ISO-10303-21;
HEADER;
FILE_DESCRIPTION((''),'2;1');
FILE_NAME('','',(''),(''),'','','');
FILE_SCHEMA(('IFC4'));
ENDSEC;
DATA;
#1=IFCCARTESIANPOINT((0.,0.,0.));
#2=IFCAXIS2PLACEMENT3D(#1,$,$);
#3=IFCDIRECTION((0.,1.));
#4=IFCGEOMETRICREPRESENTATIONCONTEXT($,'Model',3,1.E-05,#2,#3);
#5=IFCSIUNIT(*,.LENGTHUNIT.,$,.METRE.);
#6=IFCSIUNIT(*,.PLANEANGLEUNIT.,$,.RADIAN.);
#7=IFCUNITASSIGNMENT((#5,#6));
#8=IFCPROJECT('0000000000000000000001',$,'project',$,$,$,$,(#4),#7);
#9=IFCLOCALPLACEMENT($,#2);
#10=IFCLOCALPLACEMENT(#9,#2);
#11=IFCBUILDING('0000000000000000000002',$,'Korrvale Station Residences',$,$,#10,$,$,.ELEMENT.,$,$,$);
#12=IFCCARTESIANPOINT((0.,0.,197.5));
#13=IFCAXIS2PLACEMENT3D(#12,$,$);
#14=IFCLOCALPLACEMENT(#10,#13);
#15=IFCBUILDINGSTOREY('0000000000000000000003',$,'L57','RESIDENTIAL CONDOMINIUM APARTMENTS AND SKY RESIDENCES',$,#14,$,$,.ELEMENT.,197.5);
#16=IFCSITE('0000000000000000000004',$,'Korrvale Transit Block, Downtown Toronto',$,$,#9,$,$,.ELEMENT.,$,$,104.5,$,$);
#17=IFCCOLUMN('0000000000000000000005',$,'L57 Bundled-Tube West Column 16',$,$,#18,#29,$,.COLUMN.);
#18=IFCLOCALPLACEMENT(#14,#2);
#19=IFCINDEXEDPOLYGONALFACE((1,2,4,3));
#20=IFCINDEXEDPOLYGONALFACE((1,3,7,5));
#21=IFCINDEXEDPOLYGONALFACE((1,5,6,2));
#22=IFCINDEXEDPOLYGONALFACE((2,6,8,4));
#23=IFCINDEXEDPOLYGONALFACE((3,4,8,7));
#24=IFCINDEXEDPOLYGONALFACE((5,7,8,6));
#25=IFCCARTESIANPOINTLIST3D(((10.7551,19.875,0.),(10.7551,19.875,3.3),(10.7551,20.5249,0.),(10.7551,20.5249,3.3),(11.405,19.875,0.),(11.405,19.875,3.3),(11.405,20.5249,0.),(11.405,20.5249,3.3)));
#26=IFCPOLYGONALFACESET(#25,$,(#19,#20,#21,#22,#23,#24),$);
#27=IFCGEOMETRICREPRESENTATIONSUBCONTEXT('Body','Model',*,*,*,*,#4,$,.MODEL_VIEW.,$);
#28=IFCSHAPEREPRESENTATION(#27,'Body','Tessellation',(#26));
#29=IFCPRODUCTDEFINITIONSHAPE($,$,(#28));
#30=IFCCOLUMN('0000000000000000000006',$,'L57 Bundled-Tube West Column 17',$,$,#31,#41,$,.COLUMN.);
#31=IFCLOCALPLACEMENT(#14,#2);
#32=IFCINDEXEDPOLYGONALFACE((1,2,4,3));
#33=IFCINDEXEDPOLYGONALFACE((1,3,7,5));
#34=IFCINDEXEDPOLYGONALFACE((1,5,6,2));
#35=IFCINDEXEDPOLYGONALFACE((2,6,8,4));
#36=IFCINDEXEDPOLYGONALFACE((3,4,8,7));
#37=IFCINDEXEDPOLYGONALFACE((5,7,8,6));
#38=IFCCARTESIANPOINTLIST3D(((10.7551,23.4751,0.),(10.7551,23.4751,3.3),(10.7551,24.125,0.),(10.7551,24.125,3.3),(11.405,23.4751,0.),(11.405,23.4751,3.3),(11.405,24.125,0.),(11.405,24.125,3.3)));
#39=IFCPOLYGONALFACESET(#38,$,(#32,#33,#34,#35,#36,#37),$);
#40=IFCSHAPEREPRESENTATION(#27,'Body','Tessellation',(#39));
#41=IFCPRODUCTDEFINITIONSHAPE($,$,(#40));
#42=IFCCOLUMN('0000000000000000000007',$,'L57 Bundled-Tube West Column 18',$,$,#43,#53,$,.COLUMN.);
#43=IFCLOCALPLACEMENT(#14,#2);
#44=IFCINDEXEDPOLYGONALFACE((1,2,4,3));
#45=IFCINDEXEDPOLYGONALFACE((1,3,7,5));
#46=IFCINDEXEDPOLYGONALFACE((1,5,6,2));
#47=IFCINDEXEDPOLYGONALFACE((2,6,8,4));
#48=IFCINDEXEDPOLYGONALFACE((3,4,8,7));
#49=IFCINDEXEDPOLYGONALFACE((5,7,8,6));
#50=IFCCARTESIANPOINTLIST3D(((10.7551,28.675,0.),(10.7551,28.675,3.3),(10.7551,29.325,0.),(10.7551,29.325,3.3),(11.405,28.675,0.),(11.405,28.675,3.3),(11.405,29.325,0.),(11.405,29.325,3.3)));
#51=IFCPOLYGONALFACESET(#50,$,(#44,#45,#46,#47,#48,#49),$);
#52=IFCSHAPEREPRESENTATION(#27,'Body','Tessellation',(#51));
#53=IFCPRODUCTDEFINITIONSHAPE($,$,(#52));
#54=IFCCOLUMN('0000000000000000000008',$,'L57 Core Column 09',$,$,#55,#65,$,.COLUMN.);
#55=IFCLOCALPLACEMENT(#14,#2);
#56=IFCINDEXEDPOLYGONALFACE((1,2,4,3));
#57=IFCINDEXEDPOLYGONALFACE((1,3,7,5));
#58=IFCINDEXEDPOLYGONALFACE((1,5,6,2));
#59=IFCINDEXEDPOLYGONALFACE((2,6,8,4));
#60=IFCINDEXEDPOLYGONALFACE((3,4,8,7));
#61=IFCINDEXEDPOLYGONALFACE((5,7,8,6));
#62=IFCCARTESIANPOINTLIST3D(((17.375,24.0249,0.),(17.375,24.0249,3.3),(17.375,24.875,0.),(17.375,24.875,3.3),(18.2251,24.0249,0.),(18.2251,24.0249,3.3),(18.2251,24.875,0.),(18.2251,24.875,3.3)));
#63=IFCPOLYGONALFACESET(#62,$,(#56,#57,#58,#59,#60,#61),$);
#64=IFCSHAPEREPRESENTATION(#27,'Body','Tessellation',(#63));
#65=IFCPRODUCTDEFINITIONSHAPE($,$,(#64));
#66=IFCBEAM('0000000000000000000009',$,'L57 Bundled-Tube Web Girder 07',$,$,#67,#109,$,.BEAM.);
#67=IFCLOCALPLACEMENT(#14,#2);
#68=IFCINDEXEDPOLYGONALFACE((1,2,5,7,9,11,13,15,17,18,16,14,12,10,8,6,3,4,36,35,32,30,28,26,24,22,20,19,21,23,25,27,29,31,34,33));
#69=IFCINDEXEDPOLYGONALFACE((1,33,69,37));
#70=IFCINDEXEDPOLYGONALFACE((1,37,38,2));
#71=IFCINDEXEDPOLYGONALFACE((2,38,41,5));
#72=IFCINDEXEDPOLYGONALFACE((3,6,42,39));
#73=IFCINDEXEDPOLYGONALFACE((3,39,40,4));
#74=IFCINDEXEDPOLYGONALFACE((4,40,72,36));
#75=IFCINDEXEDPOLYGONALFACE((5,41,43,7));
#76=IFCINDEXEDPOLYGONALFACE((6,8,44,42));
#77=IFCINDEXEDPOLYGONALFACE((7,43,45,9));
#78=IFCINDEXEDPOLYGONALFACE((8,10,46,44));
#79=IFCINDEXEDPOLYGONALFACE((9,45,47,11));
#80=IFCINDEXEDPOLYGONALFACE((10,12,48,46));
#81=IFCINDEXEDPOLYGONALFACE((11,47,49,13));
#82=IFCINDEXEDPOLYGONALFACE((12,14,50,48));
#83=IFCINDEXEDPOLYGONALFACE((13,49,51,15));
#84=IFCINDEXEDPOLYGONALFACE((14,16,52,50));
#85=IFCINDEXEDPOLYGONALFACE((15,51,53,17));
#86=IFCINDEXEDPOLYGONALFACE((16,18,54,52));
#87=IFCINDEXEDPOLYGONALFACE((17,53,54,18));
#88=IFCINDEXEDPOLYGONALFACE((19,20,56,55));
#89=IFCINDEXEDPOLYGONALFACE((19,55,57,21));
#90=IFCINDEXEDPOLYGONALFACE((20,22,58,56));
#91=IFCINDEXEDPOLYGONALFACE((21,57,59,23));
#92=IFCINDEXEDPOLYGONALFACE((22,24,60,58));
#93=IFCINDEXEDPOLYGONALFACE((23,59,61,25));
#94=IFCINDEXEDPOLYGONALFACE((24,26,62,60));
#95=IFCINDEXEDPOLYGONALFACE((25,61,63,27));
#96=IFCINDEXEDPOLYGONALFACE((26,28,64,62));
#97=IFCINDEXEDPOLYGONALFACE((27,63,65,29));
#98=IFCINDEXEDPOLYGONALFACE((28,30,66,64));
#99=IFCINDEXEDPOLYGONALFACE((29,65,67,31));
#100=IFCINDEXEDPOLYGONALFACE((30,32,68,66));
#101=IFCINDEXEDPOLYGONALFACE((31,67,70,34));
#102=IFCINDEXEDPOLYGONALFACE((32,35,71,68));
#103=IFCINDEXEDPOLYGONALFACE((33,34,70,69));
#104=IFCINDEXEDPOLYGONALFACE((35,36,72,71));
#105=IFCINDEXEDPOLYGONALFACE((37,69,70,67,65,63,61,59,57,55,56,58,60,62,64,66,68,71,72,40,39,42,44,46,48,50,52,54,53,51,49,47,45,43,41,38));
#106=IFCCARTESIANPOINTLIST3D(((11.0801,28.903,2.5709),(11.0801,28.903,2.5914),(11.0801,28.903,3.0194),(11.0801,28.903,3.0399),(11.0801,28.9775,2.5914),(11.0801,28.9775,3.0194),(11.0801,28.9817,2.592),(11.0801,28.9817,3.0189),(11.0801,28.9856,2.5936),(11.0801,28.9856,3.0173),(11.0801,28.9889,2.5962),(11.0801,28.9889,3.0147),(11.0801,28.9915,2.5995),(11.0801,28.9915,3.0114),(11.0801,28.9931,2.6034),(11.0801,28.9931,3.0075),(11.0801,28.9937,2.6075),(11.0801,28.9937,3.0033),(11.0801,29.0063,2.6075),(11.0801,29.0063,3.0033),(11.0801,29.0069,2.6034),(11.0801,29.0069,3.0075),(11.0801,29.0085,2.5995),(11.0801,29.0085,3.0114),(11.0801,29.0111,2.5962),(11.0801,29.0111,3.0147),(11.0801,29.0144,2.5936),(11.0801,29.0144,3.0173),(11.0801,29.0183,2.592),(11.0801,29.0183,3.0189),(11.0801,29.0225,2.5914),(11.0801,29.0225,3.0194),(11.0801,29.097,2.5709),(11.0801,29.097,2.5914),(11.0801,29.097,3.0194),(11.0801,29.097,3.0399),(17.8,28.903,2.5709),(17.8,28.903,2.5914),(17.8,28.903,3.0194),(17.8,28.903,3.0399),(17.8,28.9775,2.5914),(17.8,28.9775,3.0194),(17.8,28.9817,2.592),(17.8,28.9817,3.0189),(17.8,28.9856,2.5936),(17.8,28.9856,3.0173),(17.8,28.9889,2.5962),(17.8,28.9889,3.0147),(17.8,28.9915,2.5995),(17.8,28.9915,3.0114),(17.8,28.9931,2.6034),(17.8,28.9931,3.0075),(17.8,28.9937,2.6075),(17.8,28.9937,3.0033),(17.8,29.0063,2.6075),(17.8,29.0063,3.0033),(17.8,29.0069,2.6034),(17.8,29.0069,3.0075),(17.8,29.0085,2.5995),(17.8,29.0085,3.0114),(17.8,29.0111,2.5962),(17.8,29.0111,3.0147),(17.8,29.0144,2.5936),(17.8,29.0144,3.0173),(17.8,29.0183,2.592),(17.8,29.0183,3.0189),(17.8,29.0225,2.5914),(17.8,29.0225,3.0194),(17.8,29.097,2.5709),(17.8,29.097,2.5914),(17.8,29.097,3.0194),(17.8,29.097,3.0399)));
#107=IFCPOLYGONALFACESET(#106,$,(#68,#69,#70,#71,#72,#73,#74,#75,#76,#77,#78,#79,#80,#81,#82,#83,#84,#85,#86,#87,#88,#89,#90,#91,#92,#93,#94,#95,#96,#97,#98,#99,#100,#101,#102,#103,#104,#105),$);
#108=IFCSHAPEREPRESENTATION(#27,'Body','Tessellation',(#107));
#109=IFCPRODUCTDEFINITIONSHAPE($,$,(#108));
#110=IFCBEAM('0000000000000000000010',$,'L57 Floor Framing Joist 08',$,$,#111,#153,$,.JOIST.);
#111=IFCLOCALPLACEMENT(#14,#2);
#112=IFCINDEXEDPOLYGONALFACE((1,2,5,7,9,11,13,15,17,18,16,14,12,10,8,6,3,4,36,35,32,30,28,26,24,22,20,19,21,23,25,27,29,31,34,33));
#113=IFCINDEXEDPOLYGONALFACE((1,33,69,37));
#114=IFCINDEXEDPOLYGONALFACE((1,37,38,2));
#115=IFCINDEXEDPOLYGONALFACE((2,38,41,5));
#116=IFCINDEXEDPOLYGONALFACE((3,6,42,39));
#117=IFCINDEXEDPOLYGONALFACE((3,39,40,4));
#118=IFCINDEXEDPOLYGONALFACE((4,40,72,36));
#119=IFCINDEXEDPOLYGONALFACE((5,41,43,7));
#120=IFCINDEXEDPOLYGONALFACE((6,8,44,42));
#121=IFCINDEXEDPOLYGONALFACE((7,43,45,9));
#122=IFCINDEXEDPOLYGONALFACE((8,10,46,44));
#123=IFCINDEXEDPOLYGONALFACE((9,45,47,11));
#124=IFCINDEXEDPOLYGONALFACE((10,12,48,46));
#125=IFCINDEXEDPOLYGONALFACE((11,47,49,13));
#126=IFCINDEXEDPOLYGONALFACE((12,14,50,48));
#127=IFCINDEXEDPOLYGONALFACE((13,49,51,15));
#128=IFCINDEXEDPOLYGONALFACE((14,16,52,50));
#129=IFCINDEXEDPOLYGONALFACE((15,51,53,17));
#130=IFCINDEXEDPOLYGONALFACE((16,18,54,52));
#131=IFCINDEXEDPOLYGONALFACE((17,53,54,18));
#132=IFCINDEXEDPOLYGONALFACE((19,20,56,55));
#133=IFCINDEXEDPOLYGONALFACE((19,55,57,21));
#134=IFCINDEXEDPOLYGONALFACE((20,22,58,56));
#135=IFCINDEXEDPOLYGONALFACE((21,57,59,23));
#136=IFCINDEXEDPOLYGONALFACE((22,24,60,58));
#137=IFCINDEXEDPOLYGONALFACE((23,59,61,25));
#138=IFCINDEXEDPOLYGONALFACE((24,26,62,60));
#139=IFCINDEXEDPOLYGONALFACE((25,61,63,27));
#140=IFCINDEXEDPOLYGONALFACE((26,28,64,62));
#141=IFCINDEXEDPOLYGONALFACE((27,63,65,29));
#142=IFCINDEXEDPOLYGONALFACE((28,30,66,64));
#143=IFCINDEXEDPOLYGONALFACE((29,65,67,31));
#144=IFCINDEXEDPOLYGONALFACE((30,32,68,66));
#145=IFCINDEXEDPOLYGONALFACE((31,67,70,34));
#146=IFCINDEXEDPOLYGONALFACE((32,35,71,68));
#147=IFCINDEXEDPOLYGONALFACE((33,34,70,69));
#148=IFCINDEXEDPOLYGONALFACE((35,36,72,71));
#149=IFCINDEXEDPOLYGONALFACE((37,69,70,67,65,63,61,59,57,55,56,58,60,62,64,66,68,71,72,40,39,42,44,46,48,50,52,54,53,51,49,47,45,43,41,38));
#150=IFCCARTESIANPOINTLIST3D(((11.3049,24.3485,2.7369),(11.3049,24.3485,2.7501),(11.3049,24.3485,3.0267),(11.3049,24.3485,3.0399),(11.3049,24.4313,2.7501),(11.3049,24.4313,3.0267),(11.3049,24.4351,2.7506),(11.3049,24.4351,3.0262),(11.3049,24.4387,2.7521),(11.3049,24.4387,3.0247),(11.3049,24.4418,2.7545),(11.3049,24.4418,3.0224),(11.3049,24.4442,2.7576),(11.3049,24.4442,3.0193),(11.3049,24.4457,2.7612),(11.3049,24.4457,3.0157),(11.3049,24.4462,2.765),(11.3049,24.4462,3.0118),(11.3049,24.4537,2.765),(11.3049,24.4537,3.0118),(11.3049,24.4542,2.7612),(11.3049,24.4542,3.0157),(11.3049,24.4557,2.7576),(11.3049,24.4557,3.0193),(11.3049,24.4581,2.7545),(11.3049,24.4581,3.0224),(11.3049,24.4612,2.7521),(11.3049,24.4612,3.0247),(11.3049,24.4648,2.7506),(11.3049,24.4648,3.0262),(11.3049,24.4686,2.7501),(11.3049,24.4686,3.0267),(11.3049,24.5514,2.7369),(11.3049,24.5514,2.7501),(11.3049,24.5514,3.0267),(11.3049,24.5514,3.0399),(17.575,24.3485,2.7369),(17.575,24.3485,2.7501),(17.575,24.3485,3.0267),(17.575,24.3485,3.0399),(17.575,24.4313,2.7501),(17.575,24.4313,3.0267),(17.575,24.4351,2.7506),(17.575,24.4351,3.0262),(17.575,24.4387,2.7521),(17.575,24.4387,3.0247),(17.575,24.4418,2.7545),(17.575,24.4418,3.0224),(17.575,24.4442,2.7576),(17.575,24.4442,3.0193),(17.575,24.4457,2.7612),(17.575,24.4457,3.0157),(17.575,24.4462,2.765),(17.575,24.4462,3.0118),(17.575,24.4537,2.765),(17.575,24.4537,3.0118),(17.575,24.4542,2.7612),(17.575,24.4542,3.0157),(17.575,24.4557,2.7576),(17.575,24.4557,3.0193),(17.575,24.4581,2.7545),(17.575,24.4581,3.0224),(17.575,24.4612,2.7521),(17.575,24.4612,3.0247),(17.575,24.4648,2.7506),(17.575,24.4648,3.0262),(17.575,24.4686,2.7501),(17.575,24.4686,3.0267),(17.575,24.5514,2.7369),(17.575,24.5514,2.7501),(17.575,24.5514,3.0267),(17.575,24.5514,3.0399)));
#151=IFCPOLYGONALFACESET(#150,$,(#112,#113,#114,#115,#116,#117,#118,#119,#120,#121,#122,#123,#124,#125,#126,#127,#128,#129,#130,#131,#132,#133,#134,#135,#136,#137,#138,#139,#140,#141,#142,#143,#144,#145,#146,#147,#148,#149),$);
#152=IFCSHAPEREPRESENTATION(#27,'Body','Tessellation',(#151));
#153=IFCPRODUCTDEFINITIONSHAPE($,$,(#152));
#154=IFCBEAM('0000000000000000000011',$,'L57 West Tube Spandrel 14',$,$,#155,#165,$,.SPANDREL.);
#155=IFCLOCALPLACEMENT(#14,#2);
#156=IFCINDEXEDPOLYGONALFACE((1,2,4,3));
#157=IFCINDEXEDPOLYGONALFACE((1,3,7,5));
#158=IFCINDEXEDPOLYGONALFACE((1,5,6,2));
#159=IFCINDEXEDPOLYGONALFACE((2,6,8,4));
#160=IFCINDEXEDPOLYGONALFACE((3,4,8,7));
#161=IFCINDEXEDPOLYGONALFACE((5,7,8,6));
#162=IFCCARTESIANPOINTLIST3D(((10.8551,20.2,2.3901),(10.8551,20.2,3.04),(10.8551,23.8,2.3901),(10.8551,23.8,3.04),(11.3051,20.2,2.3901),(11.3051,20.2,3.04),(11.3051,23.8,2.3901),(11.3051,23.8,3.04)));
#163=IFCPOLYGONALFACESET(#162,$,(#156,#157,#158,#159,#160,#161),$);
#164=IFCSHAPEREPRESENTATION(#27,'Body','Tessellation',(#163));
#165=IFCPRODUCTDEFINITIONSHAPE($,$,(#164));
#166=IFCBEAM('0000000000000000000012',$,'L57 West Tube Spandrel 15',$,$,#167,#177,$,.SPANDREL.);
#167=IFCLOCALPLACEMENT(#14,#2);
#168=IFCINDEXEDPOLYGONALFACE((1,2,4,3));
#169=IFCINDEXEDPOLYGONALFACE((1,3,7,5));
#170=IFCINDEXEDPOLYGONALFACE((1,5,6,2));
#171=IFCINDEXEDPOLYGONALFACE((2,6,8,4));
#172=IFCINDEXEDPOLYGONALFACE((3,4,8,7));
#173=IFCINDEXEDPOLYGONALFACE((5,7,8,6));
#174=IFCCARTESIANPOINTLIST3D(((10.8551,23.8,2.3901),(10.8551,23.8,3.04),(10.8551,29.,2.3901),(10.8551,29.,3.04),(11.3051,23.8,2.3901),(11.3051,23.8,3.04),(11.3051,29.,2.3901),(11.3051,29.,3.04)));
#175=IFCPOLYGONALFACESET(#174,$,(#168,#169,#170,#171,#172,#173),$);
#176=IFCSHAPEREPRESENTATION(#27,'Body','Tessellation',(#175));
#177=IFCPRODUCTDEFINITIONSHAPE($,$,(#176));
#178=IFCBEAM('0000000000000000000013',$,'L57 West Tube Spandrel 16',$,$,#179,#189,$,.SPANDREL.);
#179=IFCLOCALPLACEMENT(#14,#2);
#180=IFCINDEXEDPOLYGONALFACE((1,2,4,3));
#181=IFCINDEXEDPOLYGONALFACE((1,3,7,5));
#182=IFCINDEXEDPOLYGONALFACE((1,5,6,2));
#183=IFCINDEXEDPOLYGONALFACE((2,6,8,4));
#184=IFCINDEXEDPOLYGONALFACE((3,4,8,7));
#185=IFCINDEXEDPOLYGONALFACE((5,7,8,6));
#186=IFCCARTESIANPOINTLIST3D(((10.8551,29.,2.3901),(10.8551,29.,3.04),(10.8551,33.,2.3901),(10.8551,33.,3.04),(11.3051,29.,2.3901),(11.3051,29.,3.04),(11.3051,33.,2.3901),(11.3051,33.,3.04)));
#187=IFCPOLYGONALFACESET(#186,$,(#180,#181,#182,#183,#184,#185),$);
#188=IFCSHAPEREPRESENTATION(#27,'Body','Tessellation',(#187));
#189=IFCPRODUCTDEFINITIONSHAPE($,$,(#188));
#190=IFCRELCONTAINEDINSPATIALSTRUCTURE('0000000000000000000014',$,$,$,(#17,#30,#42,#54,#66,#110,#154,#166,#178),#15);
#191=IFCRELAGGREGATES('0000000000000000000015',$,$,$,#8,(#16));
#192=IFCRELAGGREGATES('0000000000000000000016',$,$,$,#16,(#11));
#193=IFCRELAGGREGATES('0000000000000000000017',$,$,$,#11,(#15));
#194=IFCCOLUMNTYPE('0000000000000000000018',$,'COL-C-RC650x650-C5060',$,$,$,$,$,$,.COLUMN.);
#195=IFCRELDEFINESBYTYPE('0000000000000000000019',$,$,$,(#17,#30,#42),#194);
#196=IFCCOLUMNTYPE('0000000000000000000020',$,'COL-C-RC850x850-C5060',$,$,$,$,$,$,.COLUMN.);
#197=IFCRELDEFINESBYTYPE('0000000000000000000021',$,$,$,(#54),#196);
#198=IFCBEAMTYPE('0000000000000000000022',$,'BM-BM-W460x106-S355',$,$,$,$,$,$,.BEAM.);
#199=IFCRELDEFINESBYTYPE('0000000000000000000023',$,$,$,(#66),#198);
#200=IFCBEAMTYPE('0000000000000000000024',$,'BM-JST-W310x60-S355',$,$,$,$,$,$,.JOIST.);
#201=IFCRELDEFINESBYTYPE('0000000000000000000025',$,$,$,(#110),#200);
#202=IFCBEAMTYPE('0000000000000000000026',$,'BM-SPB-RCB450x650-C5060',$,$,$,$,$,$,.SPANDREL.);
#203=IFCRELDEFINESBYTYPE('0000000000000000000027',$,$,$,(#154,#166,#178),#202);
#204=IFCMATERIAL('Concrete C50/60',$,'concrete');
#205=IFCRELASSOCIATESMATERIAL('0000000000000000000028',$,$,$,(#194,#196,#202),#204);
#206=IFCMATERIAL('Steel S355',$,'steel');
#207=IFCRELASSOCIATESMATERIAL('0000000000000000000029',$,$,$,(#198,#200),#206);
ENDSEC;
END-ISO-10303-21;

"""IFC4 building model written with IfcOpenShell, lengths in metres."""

from ifc_helpers import new_model, si_unit, direction, frame, origin, origin_2d, place, context, subcontext, project, spatial, rectangle, i_section, extrude, material, material_profile, profile_set, type_object, element, save


model = new_model("IFC4")

# Units and contexts
model_context = context("Model", 3, precision=1e-05, world=origin(), true_north=direction((0.0, 1.0)))
body_context = subcontext(model_context, "Body", "Model", "MODEL_VIEW")
ifc_project = project(units=[si_unit("LENGTHUNIT", "METRE"), si_unit("PLANEANGLEUNIT", "RADIAN")], contexts=[model_context])

# Site, building, storey
site_placement = place(None, origin())
site = spatial("IfcSite", under=ifc_project, at=site_placement, Name="Korrvale Transit Block, Downtown Toronto", CompositionType="ELEMENT", RefElevation=104.5)
building_placement = place(site_placement, origin())
building = spatial("IfcBuilding", under=site, at=building_placement, Name="Korrvale Station Residences", CompositionType="ELEMENT")
storey_placement = place(building_placement, frame((0.0, 0.0, 197.5)))
storey = spatial("IfcBuildingStorey", under=building, at=storey_placement, Name="L57", Description="RESIDENTIAL CONDOMINIUM APARTMENTS AND SKY RESIDENCES", CompositionType="ELEMENT", Elevation=197.5)

# Columns
ifc_material_1 = material(Name="Concrete C50/60", Category="concrete")
ifc_material_profile_1 = material_profile(ifc_material_1, rectangle(XDim=0.6499, YDim=0.6499, at=origin_2d()), Name="RC650x650")
ifc_profile_set_1 = profile_set([ifc_material_profile_1], Name="Concrete C50/60")
column_type_1 = type_object("IfcColumnType", Name="COL-C-RC650x650-C5060", PredefinedType="COLUMN", material=ifc_profile_set_1)
for number, where, z_axis, x_axis, name in (
    (1, (11.0801, 20.2, 0.0), (0.0, 0.0, 1.0), (1.0, 0.0, 0.0), "L57 Bundled-Tube West Column 16"),
    (2, (11.0801, 23.8, 0.0), (0.0, 0.0, 1.0), (1.0, 0.0, 0.0), "L57 Bundled-Tube West Column 17"),
    (3, (11.0801, 29.0, 0.0), (0.0, 0.0, 1.0), (1.0, 0.0, 0.0), "L57 Bundled-Tube West Column 18"),
):
    element("IfcColumn", number, at=place(storey_placement, frame(where, z_axis=z_axis, x_axis=x_axis)), inside=storey, type_object=column_type_1, Name=name, PredefinedType="COLUMN", context=body_context, shape_type="SweptSolid", body=[
        extrude(rectangle(XDim=0.6499, YDim=0.6499, at=origin_2d()), origin(), (0.0, 0.0, 1.0), 3.3),
    ])
ifc_material_profile_2 = material_profile(ifc_material_1, rectangle(XDim=0.8501, YDim=0.8501, at=origin_2d()), Name="RC850x850")
ifc_profile_set_2 = profile_set([ifc_material_profile_2], Name="Concrete C50/60")
column_type_2 = type_object("IfcColumnType", Name="COL-C-RC850x850-C5060", PredefinedType="COLUMN", material=ifc_profile_set_2)
column_placement = place(storey_placement, frame((17.8, 24.45, 0.0), z_axis=(0.0, 0.0, 1.0), x_axis=(1.0, 0.0, 0.0)))
element("IfcColumn", 4, at=column_placement, inside=storey, type_object=column_type_2, Name="L57 Core Column 09", PredefinedType="COLUMN", context=body_context, shape_type="SweptSolid", body=[
    extrude(rectangle(XDim=0.8501, YDim=0.8501, at=origin_2d()), origin(), (0.0, 0.0, 1.0), 3.3),
])

# Beams
ifc_material_2 = material(Name="Steel S355", Category="steel")
ifc_material_profile_3 = material_profile(ifc_material_2, i_section(OverallWidth=0.1941, OverallDepth=0.469, WebThickness=0.0127, FlangeThickness=0.0205, FilletRadius=0.0161, at=origin_2d()), Name="W460x106")
ifc_profile_set_3 = profile_set([ifc_material_profile_3], Name="Steel S355")
beam_type_1 = type_object("IfcBeamType", Name="BM-BM-W460x106-S355", PredefinedType="BEAM", material=ifc_profile_set_3)
beam_1_placement = place(storey_placement, frame((11.0801, 29.0, 2.8054), z_axis=(1.0, 0.0, 0.0), x_axis=(0.0, 1.0, 0.0)))
element("IfcBeam", 5, at=beam_1_placement, inside=storey, type_object=beam_type_1, Name="L57 Bundled-Tube Web Girder 07", PredefinedType="BEAM", context=body_context, shape_type="SweptSolid", body=[
    extrude(i_section(OverallWidth=0.1941, OverallDepth=0.469, WebThickness=0.0127, FlangeThickness=0.0205, FilletRadius=0.0161, at=origin_2d()), origin(), (0.0, 0.0, 1.0), 6.72),
])
ifc_material_profile_4 = material_profile(ifc_material_2, i_section(OverallWidth=0.2029, OverallDepth=0.303, WebThickness=0.0076, FlangeThickness=0.0132, FilletRadius=0.0149, at=origin_2d()), Name="W310x60")
ifc_profile_set_4 = profile_set([ifc_material_profile_4], Name="Steel S355")
beam_type_2 = type_object("IfcBeamType", Name="BM-JST-W310x60-S355", PredefinedType="JOIST", material=ifc_profile_set_4)
beam_2_placement = place(storey_placement, frame((11.3049, 24.45, 2.8884), z_axis=(1.0, 0.0, 0.0), x_axis=(0.0, 1.0, 0.0)))
element("IfcBeam", 6, at=beam_2_placement, inside=storey, type_object=beam_type_2, Name="L57 Floor Framing Joist 08", PredefinedType="JOIST", context=body_context, shape_type="SweptSolid", body=[
    extrude(i_section(OverallWidth=0.2029, OverallDepth=0.303, WebThickness=0.0076, FlangeThickness=0.0132, FilletRadius=0.0149, at=origin_2d()), origin(), (0.0, 0.0, 1.0), 6.27),
])
ifc_material_profile_5 = material_profile(ifc_material_1, rectangle(XDim=0.45, YDim=0.6499, at=origin_2d()), Name="RCB450x650")
ifc_profile_set_5 = profile_set([ifc_material_profile_5], Name="Concrete C50/60")
beam_type_3 = type_object("IfcBeamType", Name="BM-SPB-RCB450x650-C5060", PredefinedType="SPANDREL", material=ifc_profile_set_5)
beam_3_placement = place(storey_placement, frame((11.0801, 20.2, 2.7151), z_axis=(0.0, 1.0, 0.0), x_axis=(-1.0, 0.0, 0.0)))
element("IfcBeam", 7, at=beam_3_placement, inside=storey, type_object=beam_type_3, Name="L57 West Tube Spandrel 14", PredefinedType="SPANDREL", context=body_context, shape_type="SweptSolid", body=[
    extrude(rectangle(XDim=0.45, YDim=0.6499, at=origin_2d()), origin(), (0.0, 0.0, 1.0), 3.6001),
])
beam_4_placement = place(storey_placement, frame((11.0801, 23.8, 2.7151), z_axis=(0.0, 1.0, 0.0), x_axis=(-1.0, 0.0, 0.0)))
element("IfcBeam", 8, at=beam_4_placement, inside=storey, type_object=beam_type_3, Name="L57 West Tube Spandrel 15", PredefinedType="SPANDREL", context=body_context, shape_type="SweptSolid", body=[
    extrude(rectangle(XDim=0.45, YDim=0.6499, at=origin_2d()), origin(), (0.0, 0.0, 1.0), 5.2),
])
beam_5_placement = place(storey_placement, frame((11.0801, 29.0, 2.7151), z_axis=(0.0, 1.0, 0.0), x_axis=(-1.0, 0.0, 0.0)))
element("IfcBeam", 9, at=beam_5_placement, inside=storey, type_object=beam_type_3, Name="L57 West Tube Spandrel 16", PredefinedType="SPANDREL", context=body_context, shape_type="SweptSolid", body=[
    extrude(rectangle(XDim=0.45, YDim=0.6499, at=origin_2d()), origin(), (0.0, 0.0, 1.0), 4.0),
])

save(model, "model.ifc")
